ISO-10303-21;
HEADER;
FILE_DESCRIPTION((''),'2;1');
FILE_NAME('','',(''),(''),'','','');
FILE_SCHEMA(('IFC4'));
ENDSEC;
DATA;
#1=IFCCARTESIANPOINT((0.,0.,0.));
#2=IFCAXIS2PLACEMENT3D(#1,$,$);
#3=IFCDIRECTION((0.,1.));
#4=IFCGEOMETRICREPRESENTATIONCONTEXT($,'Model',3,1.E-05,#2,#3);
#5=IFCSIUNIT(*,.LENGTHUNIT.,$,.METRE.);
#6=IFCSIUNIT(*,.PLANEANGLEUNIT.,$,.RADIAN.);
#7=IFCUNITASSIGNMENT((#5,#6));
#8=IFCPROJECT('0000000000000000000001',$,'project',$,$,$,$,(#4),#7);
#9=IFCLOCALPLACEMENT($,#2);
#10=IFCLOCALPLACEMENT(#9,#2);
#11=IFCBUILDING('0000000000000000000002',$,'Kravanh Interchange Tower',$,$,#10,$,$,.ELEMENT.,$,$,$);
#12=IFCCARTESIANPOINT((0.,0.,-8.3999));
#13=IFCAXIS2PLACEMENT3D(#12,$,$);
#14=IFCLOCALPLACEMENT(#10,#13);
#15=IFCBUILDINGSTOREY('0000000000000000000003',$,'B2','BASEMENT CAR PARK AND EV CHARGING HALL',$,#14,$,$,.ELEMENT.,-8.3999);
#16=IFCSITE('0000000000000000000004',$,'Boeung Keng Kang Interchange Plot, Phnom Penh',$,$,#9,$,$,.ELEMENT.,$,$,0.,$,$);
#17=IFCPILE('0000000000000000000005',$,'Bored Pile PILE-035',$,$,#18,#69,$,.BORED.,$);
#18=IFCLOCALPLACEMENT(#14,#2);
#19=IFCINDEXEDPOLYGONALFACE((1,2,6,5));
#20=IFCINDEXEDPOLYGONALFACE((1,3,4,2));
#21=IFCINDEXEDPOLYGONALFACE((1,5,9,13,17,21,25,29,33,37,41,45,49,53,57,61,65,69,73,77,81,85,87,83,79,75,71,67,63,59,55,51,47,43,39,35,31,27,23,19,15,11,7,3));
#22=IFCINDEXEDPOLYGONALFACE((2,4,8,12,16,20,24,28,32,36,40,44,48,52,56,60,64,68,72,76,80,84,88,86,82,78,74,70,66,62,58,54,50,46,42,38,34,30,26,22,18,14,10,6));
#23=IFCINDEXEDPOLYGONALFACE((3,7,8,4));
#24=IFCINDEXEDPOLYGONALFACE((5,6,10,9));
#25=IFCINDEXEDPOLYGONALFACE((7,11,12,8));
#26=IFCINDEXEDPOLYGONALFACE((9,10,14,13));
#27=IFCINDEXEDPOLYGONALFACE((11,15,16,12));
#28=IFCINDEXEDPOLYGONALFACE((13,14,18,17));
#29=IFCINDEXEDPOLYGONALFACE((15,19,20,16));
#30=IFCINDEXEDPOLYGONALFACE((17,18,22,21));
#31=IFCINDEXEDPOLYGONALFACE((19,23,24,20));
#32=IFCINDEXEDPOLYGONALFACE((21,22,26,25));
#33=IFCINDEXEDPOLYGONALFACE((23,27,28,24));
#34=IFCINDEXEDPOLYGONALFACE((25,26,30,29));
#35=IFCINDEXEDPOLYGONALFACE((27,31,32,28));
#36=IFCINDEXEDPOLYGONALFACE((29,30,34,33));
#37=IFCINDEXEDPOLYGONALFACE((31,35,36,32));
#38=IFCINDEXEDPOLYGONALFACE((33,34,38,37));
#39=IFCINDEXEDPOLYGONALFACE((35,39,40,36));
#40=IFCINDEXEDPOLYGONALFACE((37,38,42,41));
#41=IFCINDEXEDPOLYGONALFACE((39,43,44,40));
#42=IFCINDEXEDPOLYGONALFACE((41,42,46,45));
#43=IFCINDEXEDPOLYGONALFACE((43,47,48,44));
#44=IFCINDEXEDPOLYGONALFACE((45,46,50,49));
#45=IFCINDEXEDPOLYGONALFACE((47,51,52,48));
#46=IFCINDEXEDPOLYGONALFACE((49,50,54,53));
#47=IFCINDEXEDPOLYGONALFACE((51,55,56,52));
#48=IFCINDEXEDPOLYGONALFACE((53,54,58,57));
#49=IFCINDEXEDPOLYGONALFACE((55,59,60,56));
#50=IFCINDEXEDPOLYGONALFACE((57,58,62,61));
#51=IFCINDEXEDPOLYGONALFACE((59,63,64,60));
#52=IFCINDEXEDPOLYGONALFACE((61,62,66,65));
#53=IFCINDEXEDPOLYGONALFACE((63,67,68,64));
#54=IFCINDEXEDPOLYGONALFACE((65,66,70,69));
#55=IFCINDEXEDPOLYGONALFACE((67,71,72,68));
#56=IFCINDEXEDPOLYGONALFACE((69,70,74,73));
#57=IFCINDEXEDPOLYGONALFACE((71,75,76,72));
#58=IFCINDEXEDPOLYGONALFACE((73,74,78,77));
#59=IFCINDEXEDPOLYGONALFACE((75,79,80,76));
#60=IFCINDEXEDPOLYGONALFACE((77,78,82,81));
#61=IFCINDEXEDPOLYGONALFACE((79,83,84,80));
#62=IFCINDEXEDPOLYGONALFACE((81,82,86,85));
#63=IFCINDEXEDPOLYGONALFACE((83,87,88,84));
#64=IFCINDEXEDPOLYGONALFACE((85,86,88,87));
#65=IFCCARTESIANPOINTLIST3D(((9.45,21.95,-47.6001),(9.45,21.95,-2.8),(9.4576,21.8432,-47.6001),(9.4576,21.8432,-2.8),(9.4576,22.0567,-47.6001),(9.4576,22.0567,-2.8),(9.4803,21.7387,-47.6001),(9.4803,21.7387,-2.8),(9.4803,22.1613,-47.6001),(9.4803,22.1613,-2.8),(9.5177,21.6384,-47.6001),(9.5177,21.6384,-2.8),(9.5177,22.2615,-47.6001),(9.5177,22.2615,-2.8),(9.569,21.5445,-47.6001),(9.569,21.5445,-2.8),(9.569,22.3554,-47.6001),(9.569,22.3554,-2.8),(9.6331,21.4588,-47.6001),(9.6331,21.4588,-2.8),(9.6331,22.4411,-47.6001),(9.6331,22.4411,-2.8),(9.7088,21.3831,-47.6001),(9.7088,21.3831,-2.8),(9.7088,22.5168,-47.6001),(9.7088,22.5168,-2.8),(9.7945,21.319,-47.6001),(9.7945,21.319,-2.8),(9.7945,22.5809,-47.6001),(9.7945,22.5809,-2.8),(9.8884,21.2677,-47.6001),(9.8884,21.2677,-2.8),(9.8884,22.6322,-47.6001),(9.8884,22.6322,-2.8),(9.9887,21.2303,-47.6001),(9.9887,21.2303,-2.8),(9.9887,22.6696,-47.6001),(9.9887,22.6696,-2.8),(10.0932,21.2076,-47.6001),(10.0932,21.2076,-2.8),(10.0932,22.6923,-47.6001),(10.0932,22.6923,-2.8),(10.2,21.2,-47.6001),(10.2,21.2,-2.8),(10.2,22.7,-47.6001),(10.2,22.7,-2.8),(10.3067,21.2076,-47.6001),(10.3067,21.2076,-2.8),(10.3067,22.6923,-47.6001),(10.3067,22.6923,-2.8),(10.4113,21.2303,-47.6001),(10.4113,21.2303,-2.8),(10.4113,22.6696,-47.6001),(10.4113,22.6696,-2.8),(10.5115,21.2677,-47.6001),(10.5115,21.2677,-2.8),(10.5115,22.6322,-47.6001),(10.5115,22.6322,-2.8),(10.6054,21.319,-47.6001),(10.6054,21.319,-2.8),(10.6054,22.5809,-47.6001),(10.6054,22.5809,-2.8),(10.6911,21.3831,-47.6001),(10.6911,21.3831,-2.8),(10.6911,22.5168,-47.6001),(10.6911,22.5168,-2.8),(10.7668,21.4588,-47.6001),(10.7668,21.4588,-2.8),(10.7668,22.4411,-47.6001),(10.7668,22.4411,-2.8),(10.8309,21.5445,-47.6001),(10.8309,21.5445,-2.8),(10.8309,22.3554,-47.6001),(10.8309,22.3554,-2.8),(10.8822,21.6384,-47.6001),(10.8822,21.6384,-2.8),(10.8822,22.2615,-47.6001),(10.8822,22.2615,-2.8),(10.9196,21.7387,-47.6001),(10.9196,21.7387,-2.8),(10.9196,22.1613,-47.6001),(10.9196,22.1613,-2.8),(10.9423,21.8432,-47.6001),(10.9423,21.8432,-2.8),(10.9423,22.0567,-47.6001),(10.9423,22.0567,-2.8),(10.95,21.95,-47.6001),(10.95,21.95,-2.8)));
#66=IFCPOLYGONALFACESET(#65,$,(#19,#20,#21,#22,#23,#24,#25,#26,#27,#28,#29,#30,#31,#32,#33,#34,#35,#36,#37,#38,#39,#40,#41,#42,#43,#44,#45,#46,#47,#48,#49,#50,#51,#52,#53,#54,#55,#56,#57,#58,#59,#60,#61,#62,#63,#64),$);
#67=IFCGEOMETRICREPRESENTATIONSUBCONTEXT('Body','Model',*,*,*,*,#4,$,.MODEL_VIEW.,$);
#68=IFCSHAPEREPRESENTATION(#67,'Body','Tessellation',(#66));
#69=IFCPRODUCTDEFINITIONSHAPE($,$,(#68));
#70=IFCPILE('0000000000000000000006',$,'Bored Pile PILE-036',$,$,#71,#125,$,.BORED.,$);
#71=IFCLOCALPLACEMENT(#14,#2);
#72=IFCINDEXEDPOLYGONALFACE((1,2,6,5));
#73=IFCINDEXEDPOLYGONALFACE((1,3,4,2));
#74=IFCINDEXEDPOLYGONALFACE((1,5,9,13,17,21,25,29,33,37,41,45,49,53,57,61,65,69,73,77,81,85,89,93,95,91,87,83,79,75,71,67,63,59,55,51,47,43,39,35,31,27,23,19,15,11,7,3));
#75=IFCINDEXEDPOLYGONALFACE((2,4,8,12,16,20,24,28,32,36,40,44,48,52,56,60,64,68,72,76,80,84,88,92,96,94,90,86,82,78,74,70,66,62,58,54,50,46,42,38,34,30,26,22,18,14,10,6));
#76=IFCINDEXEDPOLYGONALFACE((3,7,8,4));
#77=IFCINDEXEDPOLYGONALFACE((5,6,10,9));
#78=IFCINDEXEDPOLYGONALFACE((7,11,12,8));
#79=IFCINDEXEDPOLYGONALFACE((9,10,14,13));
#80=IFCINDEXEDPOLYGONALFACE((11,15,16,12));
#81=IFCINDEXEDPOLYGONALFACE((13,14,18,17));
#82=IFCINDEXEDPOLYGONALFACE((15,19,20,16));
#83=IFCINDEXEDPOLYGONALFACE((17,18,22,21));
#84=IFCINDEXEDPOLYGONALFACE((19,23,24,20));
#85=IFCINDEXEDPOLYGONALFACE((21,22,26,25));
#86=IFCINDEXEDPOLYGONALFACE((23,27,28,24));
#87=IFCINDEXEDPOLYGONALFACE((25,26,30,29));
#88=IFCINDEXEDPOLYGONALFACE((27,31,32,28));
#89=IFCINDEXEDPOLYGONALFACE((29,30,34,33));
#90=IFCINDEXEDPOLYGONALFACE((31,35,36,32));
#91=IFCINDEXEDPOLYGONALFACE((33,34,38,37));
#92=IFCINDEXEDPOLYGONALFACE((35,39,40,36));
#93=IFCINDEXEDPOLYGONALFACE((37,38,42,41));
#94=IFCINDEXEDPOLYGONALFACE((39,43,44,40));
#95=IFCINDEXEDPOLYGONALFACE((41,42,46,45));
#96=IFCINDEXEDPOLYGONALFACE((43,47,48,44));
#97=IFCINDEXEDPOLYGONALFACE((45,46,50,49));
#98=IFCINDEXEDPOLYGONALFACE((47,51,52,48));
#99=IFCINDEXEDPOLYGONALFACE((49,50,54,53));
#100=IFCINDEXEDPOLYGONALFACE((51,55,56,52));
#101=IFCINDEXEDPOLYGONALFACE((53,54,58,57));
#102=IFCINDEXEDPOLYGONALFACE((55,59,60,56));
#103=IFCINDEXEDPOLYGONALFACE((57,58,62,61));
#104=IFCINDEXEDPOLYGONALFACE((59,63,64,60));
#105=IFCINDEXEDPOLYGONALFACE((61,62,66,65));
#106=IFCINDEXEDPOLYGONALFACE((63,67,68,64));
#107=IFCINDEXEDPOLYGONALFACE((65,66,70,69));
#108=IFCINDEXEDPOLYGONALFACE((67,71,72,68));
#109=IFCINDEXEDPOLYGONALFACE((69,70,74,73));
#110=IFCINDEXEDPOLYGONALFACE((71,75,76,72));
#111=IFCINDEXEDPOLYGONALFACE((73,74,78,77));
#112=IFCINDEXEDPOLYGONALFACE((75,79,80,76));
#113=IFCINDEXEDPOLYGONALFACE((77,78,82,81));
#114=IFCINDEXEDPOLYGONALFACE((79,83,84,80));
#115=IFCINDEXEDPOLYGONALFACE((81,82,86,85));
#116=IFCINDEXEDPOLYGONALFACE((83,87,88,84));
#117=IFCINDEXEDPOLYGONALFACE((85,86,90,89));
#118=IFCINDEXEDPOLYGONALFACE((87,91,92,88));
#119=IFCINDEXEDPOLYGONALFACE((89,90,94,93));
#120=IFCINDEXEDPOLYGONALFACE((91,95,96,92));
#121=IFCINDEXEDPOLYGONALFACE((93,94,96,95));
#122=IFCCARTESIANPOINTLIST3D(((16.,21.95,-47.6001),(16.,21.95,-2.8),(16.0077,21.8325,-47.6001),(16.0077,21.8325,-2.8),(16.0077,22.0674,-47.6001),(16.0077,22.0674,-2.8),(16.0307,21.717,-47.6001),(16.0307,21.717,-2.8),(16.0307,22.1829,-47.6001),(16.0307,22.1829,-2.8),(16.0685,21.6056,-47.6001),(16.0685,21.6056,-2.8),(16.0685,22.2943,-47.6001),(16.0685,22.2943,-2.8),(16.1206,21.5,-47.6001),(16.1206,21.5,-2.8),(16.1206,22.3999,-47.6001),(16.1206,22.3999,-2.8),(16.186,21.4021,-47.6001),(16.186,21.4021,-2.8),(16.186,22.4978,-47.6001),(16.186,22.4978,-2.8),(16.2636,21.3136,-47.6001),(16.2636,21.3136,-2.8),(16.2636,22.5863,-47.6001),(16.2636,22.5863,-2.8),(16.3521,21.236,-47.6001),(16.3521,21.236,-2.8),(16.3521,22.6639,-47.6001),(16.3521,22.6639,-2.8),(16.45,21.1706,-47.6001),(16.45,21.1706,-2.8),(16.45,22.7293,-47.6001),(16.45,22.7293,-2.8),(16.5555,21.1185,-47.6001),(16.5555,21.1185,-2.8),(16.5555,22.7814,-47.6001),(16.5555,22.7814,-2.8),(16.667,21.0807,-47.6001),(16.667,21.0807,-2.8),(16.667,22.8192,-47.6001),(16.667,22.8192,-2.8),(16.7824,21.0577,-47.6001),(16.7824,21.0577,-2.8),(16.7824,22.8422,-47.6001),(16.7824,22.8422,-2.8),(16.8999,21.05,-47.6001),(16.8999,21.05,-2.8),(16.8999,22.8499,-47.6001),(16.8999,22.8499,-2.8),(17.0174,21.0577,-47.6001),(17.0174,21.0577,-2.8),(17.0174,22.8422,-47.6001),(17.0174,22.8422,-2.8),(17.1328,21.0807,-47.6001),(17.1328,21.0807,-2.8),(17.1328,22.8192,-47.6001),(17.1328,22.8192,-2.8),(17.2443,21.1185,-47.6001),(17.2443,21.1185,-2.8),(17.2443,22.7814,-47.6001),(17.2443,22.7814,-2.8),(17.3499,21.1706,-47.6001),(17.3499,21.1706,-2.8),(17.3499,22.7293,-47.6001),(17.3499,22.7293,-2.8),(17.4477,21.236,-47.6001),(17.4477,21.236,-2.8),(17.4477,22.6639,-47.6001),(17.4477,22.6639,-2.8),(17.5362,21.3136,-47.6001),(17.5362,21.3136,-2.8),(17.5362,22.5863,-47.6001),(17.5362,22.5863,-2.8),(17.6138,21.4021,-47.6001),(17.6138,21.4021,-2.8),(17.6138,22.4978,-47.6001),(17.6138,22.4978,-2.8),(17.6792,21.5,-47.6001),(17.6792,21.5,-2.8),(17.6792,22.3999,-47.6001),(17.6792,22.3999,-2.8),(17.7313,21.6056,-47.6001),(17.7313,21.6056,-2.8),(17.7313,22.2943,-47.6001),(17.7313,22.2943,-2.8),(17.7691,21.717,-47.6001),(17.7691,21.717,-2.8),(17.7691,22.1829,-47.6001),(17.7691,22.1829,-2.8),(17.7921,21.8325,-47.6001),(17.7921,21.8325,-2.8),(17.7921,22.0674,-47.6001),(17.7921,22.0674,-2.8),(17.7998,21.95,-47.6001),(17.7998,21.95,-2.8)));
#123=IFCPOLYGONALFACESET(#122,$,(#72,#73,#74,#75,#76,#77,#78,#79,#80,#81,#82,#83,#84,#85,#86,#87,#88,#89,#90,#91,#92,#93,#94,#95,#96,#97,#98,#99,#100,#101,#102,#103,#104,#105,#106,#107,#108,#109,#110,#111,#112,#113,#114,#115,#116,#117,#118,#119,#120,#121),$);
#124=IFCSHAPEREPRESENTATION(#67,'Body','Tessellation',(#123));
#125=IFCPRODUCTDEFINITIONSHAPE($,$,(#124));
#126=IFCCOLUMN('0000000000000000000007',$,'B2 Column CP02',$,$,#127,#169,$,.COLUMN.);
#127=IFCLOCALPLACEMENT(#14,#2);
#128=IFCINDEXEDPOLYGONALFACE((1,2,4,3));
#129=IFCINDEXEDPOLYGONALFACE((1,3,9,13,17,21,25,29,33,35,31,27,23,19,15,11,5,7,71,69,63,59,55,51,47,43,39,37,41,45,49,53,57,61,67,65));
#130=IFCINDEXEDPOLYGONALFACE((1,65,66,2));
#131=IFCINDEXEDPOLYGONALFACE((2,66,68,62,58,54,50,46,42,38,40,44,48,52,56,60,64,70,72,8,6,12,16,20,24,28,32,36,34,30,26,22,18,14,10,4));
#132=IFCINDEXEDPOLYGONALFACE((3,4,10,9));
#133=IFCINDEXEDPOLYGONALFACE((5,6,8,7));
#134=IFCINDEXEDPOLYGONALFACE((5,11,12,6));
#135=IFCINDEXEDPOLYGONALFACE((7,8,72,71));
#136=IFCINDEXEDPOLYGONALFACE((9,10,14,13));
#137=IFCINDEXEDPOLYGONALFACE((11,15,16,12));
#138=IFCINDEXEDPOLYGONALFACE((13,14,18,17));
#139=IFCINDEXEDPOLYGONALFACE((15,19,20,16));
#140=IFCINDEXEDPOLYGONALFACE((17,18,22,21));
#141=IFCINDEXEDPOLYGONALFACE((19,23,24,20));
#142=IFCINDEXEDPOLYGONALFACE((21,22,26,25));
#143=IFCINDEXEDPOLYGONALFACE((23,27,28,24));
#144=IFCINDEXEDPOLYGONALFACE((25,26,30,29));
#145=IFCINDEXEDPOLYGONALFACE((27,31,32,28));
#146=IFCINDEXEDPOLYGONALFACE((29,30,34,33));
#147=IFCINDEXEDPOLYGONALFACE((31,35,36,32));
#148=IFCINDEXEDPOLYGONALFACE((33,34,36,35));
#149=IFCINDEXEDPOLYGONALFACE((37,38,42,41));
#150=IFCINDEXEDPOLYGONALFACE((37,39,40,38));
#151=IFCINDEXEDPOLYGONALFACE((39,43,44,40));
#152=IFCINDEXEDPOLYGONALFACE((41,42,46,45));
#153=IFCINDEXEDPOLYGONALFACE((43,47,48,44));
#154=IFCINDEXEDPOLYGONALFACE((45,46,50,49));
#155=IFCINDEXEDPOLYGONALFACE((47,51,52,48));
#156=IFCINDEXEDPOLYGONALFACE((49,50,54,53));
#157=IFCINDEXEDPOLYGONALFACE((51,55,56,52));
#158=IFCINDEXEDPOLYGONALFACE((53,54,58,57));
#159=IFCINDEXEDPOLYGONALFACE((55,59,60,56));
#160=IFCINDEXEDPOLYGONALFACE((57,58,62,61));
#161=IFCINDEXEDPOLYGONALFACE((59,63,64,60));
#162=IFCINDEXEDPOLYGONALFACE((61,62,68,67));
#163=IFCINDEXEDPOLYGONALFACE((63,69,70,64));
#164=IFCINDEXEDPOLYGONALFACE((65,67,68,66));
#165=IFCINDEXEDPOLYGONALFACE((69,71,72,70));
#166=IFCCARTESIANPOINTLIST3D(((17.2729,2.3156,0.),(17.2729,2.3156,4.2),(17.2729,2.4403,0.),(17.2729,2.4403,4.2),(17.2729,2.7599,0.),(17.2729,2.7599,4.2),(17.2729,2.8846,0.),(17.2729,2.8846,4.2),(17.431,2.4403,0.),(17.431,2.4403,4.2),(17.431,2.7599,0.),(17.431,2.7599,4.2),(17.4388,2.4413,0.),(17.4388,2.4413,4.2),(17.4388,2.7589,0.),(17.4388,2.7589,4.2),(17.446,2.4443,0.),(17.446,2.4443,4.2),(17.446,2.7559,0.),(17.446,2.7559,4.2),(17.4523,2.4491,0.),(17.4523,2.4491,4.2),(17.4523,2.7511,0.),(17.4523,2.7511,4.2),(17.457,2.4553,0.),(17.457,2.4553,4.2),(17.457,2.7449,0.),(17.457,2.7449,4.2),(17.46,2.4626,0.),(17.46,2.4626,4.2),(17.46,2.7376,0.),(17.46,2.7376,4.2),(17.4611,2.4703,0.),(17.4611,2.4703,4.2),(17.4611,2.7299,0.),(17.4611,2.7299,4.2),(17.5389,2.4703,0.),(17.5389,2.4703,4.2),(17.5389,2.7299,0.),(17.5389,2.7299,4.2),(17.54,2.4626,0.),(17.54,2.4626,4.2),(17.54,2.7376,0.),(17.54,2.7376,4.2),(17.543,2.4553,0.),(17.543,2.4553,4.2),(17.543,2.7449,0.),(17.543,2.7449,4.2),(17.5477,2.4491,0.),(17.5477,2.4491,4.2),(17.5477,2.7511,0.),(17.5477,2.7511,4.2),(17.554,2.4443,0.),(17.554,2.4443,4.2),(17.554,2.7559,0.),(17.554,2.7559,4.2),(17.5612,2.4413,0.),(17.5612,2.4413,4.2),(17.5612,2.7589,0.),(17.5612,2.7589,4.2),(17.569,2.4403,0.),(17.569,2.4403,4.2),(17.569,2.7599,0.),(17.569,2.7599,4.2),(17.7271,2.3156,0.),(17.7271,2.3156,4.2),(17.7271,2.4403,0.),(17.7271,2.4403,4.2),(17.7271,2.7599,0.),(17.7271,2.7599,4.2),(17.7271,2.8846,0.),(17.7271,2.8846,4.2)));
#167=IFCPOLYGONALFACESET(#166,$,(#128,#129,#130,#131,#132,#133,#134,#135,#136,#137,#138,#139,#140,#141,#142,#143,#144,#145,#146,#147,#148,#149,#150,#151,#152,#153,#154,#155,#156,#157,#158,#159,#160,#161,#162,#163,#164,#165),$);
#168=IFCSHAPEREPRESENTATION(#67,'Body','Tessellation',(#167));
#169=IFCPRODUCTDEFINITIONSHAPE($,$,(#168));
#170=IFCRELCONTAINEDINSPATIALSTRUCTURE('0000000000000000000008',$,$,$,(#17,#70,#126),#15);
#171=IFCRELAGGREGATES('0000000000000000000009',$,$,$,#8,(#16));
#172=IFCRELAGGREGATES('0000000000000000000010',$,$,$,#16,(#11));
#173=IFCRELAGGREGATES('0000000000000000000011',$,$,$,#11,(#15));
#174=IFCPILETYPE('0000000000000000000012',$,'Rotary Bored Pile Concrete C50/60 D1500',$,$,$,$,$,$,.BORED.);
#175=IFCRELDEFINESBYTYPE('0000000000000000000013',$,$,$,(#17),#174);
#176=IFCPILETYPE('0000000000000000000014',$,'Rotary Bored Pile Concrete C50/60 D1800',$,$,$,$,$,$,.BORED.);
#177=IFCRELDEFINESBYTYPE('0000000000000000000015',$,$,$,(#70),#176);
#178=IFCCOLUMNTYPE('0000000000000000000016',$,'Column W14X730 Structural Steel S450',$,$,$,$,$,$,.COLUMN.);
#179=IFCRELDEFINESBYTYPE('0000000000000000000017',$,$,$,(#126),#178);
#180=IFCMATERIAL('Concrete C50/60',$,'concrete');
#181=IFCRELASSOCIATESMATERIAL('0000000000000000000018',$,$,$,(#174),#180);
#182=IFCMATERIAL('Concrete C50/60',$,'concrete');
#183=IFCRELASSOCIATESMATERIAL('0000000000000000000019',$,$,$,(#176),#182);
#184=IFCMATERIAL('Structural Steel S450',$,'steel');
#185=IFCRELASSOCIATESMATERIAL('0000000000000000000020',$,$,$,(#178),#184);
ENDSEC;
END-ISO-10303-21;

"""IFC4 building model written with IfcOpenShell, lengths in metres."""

from ifc_helpers import new_model, si_unit, direction, frame, origin, origin_2d, place, context, subcontext, project, spatial, circle, i_section, extrude, material, material_profile, profile_set, type_object, element, save


model = new_model("IFC4")

# Units and contexts
model_context = context("Model", 3, precision=1e-05, world=origin(), true_north=direction((0.0, 1.0)))
body_context = subcontext(model_context, "Body", "Model", "MODEL_VIEW")
ifc_project = project(units=[si_unit("LENGTHUNIT", "METRE"), si_unit("PLANEANGLEUNIT", "RADIAN")], contexts=[model_context])

# Site, building, storey
site_placement = place(None, origin())
site = spatial("IfcSite", under=ifc_project, at=site_placement, Name="Boeung Keng Kang Interchange Plot, Phnom Penh", CompositionType="ELEMENT", RefElevation=0.0)
building_placement = place(site_placement, origin())
building = spatial("IfcBuilding", under=site, at=building_placement, Name="Kravanh Interchange Tower", CompositionType="ELEMENT")
storey_placement = place(building_placement, frame((0.0, 0.0, -8.3999)))
storey = spatial("IfcBuildingStorey", under=building, at=storey_placement, Name="B2", Description="BASEMENT CAR PARK AND EV CHARGING HALL", CompositionType="ELEMENT", Elevation=-8.3999)

# Piles
ifc_material_1 = material(Name="Concrete C50/60", Category="concrete")
ifc_material_profile_1 = material_profile(ifc_material_1, circle(Radius=0.75, at=origin_2d()), Name="PILE-D1500")
ifc_profile_set_1 = profile_set([ifc_material_profile_1], Name="Concrete C50/60")
pile_type_1 = type_object("IfcPileType", Name="Rotary Bored Pile Concrete C50/60 D1500", PredefinedType="BORED", material=ifc_profile_set_1)
for number, where, z_axis, x_axis, name in (
    (1, (10.2, 21.95, -2.8), (0.0, 0.0, -1.0), (1.0, 0.0, 0.0), "Bored Pile PILE-035"),
):
    element("IfcPile", number, at=place(storey_placement, frame(where, z_axis=z_axis, x_axis=x_axis)), inside=storey, type_object=pile_type_1, Name=name, PredefinedType="BORED", context=body_context, shape_type="SweptSolid", body=[
        extrude(circle(Radius=0.75, at=origin_2d()), origin(), (0.0, 0.0, 1.0), 44.8),
    ])
ifc_material_2 = material(Name="Concrete C50/60", Category="concrete")
ifc_material_profile_2 = material_profile(ifc_material_2, circle(Radius=0.8999, at=origin_2d()), Name="PILE-D1800")
ifc_profile_set_2 = profile_set([ifc_material_profile_2], Name="Concrete C50/60")
pile_type_2 = type_object("IfcPileType", Name="Rotary Bored Pile Concrete C50/60 D1800", PredefinedType="BORED", material=ifc_profile_set_2)
pile_placement = place(storey_placement, frame((16.8999, 21.95, -2.8), z_axis=(0.0, 0.0, -1.0), x_axis=(1.0, 0.0, 0.0)))
element("IfcPile", 2, at=pile_placement, inside=storey, type_object=pile_type_2, Name="Bored Pile PILE-036", PredefinedType="BORED", context=body_context, shape_type="SweptSolid", body=[
    extrude(circle(Radius=0.8999, at=origin_2d()), origin(), (0.0, 0.0, 1.0), 44.8),
])

# Column
ifc_material_3 = material(Name="Structural Steel S450", Category="steel")
ifc_material_profile_3 = material_profile(ifc_material_3, i_section(OverallWidth=0.4541, OverallDepth=0.5691, WebThickness=0.0779, FlangeThickness=0.1248, FilletRadius=0.03, at=origin_2d()), Name="W14X730")
ifc_profile_set_3 = profile_set([ifc_material_profile_3], Name="Structural Steel S450")
column_type = type_object("IfcColumnType", Name="Column W14X730 Structural Steel S450", PredefinedType="COLUMN", material=ifc_profile_set_3)
for number, where, z_axis, x_axis, name in (
    (3, (17.5, 2.6001, 0.0), (0.0, 0.0, 1.0), (1.0, 0.0, 0.0), "B2 Column CP02"),
):
    element("IfcColumn", number, at=place(storey_placement, frame(where, z_axis=z_axis, x_axis=x_axis)), inside=storey, type_object=column_type, Name=name, PredefinedType="COLUMN", context=body_context, shape_type="SweptSolid", body=[
        extrude(i_section(OverallWidth=0.4541, OverallDepth=0.5691, WebThickness=0.0779, FlangeThickness=0.1248, FilletRadius=0.03, at=origin_2d()), origin(), (0.0, 0.0, 1.0), 4.2),
    ])

save(model, "model.ifc")
